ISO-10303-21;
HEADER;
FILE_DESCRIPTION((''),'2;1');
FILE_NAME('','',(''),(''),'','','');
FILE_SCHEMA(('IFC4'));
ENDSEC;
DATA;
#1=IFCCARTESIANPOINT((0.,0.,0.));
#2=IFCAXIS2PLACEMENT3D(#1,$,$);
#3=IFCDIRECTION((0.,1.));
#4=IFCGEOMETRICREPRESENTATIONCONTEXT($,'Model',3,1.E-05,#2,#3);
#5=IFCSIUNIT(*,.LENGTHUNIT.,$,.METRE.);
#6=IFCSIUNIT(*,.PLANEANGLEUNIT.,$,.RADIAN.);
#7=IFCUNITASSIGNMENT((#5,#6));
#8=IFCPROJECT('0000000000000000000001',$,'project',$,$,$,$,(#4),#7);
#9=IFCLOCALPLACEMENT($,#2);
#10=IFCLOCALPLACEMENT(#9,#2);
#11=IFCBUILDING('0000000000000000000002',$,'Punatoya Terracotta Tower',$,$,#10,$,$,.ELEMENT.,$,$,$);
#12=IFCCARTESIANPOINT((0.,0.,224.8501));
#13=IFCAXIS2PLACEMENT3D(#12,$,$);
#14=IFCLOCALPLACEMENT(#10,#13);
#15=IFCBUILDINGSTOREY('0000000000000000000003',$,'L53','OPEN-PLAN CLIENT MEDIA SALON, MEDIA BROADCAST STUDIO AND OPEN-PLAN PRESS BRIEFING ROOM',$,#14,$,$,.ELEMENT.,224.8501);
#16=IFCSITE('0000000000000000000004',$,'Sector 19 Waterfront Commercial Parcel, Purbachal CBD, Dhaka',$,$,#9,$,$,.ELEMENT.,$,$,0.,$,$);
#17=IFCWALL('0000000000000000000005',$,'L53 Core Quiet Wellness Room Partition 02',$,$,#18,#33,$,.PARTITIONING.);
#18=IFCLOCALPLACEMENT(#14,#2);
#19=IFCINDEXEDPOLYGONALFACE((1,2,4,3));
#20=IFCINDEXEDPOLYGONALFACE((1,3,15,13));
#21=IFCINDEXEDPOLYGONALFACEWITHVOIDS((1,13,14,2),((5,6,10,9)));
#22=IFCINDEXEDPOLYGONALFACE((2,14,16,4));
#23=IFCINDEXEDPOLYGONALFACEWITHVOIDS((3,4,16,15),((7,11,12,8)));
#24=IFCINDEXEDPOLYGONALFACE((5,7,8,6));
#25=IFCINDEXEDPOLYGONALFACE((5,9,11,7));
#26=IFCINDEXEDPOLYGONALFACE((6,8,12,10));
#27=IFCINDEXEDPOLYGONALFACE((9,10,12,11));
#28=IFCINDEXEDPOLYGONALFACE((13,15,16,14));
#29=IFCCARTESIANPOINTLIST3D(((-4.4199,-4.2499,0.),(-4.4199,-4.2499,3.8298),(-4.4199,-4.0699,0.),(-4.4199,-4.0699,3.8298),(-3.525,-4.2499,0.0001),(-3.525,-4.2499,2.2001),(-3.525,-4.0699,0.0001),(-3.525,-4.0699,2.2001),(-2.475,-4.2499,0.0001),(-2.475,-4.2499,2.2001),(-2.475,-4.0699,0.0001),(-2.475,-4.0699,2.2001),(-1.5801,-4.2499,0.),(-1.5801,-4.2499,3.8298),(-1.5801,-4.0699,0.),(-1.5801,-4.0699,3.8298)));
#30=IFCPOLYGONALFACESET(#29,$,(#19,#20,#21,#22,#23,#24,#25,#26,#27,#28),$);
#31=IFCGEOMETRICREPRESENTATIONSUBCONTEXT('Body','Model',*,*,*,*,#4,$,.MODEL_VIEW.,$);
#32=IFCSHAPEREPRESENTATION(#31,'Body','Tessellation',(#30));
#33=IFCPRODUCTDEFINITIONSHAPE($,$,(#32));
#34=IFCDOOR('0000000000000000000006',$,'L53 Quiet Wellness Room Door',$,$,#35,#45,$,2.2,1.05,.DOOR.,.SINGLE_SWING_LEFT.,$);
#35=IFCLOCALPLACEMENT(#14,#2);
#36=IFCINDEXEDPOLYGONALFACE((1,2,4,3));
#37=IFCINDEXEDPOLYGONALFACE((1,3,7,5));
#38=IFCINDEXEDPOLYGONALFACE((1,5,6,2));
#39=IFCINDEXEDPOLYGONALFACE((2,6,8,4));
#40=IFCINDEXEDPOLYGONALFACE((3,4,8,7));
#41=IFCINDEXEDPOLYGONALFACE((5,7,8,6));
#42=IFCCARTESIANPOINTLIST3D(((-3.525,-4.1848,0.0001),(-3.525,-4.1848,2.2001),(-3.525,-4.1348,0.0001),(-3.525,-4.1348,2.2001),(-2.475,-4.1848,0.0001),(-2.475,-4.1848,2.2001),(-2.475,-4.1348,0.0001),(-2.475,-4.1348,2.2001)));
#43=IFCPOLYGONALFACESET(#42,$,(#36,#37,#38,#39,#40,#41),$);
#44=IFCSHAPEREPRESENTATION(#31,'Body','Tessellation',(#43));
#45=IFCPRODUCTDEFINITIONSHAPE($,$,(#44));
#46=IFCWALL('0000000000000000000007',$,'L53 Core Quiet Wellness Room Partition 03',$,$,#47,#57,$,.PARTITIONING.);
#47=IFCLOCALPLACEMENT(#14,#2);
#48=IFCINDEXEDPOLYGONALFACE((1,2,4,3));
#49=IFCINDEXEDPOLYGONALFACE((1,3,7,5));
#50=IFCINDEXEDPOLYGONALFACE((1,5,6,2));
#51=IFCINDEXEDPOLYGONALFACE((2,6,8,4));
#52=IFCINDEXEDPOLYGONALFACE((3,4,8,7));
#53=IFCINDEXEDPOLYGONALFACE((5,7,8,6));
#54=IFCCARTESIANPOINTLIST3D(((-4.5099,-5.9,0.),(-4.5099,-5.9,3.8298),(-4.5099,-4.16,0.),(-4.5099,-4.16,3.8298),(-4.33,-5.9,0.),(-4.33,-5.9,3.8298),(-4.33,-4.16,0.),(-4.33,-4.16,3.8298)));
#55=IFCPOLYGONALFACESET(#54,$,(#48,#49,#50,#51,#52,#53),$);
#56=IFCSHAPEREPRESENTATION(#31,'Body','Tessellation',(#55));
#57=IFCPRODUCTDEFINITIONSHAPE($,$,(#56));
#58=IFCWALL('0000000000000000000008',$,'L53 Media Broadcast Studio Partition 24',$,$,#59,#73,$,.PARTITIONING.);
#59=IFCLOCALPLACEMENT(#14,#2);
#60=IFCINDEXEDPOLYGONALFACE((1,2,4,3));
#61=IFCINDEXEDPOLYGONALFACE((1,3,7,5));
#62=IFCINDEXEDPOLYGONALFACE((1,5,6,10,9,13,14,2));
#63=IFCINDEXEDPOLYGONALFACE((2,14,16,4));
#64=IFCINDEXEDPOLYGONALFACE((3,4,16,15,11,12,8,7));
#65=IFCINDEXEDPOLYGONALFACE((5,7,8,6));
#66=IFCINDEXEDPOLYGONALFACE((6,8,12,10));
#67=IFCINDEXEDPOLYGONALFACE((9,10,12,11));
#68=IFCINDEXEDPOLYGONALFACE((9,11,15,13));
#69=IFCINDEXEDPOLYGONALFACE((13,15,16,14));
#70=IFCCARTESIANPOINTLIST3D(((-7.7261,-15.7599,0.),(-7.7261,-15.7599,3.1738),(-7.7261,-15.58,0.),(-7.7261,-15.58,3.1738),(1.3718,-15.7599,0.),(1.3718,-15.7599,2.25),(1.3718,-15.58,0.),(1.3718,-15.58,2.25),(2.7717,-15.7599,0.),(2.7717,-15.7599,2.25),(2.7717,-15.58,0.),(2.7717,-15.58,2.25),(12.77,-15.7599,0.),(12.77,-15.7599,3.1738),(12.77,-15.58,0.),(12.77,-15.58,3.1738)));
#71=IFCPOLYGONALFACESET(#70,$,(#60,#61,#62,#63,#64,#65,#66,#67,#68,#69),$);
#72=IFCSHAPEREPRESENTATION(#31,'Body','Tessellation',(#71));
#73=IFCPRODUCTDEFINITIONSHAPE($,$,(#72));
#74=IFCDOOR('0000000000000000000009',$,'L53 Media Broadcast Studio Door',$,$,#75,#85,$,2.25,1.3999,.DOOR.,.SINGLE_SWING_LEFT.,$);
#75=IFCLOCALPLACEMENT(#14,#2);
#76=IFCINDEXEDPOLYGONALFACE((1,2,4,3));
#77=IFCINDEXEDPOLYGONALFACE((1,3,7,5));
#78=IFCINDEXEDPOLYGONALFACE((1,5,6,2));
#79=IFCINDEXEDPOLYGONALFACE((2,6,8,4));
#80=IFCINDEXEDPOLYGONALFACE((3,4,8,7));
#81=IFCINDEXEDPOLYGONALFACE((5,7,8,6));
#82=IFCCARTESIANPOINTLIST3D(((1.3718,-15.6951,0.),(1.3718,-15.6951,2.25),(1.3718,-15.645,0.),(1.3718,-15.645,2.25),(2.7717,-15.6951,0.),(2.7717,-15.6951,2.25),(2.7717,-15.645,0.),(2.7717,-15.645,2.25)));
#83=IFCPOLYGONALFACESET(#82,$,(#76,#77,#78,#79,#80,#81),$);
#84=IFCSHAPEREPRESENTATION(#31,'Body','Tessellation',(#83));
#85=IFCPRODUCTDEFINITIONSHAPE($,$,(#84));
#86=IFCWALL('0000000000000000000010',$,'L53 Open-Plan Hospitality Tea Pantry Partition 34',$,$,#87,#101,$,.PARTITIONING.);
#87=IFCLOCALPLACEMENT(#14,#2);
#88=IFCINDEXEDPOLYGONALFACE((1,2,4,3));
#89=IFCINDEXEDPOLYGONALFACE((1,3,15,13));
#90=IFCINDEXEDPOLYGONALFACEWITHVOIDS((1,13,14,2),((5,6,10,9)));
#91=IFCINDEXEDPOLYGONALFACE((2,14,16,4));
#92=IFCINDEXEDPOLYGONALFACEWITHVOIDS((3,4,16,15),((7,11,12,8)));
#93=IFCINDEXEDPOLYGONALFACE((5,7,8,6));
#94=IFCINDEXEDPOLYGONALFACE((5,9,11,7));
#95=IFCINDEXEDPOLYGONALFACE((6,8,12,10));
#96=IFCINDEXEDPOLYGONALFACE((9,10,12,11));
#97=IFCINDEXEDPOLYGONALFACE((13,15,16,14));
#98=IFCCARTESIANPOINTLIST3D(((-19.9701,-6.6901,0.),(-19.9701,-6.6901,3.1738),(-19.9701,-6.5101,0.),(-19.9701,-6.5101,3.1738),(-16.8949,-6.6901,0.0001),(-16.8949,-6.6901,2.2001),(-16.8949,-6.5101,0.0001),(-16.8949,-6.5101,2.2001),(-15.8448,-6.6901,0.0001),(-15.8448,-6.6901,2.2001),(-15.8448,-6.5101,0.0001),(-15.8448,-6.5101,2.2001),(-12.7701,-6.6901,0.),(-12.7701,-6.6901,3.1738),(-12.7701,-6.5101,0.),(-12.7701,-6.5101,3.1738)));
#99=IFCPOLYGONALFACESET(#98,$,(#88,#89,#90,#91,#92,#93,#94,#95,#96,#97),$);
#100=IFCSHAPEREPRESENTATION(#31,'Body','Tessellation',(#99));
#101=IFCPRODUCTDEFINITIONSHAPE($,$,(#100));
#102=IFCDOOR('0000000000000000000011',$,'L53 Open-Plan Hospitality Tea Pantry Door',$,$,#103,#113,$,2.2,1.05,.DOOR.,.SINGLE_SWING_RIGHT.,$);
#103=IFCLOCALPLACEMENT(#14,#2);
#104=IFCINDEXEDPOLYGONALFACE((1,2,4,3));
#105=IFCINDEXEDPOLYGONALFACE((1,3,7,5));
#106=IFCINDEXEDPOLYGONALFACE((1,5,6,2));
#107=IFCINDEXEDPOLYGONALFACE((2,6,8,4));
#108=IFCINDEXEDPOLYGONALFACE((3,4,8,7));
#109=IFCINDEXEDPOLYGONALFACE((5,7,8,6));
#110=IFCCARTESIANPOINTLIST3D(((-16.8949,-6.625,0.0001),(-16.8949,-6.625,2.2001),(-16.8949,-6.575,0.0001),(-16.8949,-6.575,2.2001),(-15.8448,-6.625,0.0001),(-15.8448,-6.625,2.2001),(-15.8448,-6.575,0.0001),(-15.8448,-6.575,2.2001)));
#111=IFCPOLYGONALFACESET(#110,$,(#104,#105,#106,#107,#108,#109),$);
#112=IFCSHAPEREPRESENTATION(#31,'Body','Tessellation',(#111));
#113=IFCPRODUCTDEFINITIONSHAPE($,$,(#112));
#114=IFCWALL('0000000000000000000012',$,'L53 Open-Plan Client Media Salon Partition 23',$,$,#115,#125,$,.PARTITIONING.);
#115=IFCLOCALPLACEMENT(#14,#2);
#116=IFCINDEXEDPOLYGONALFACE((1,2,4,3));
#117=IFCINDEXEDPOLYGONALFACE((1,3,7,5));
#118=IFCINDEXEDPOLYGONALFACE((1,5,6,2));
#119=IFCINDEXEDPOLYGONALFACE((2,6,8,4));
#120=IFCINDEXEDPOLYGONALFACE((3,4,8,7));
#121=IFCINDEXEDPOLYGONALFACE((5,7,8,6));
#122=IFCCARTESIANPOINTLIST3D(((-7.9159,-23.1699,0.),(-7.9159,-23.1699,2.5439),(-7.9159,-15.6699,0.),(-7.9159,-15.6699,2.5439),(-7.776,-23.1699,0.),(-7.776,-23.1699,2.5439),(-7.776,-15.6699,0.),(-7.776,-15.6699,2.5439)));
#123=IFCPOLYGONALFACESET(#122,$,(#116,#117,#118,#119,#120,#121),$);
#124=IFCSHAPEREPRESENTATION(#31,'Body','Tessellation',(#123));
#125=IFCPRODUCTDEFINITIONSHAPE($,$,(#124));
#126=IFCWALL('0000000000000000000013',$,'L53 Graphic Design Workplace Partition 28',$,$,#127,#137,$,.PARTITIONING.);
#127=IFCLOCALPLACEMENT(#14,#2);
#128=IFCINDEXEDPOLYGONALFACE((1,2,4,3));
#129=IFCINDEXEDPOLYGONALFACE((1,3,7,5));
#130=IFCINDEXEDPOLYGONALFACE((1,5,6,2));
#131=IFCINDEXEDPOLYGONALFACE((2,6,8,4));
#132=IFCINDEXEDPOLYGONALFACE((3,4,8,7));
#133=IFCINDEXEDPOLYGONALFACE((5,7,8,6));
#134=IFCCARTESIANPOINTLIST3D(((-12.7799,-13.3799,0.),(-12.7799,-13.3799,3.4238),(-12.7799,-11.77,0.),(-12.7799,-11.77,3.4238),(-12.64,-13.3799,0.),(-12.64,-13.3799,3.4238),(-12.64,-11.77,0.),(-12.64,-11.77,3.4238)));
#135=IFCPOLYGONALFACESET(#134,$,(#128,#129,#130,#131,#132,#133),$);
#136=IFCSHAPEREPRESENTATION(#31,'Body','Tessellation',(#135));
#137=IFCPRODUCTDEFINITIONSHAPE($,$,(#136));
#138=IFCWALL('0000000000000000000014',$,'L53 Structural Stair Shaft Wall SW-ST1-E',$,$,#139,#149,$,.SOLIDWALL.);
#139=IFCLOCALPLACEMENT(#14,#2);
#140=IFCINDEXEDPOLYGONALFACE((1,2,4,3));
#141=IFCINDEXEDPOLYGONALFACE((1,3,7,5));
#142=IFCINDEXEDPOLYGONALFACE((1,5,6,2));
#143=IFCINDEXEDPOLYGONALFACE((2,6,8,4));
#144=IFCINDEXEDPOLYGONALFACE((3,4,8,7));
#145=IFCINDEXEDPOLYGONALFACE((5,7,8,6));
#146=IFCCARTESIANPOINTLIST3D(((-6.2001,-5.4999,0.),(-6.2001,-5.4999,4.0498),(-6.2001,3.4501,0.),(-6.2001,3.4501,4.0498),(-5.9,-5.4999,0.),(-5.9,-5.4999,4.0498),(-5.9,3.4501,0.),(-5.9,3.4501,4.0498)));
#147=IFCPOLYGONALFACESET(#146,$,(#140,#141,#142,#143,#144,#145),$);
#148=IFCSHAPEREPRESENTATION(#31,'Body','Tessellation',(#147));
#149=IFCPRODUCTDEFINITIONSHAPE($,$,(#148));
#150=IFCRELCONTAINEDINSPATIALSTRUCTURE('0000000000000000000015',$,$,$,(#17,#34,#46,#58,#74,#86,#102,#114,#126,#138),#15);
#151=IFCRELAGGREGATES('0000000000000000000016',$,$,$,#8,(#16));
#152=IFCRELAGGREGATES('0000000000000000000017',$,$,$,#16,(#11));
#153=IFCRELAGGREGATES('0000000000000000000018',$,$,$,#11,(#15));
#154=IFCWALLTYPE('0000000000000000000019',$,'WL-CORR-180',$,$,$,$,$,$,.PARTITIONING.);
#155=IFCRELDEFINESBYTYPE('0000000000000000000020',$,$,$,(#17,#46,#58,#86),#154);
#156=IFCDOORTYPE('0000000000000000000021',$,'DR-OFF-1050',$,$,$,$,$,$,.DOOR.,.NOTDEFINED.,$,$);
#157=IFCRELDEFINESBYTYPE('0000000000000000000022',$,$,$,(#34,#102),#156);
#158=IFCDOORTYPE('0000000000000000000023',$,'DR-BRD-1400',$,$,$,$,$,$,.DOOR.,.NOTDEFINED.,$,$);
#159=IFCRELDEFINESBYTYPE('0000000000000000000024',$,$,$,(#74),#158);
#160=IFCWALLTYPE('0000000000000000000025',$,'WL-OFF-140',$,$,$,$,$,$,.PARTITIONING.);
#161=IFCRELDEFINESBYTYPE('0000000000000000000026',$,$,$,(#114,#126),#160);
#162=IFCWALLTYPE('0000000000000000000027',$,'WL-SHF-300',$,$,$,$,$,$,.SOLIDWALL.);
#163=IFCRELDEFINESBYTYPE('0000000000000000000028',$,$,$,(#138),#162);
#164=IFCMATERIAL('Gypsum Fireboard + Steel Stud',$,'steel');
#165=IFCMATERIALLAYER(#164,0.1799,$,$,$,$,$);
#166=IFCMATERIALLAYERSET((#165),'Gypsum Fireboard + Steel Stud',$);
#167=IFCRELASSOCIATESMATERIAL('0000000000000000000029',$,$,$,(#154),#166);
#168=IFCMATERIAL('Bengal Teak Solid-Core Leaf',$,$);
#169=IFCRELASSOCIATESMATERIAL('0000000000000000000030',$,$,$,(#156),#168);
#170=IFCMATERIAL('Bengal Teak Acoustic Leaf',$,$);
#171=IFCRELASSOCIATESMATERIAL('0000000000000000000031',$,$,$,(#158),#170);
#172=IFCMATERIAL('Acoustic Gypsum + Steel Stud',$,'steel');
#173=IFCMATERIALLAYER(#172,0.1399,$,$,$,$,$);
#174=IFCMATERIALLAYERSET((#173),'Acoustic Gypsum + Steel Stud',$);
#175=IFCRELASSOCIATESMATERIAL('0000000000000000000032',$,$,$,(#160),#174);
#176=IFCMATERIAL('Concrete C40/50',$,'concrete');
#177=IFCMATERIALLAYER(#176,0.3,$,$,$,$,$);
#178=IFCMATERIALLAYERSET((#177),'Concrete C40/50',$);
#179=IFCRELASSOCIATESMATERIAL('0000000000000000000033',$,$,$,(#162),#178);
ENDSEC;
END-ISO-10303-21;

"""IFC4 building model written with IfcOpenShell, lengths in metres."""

from ifc_helpers import new_model, si_unit, direction, frame, frame_2d, origin, place, context, subcontext, project, spatial, rectangle, extrude, material, layer, layer_set, type_object, element, fill, save


model = new_model("IFC4")

# Units and contexts
model_context = context("Model", 3, precision=1e-05, world=origin(), true_north=direction((0.0, 1.0)))
body_context = subcontext(model_context, "Body", "Model", "MODEL_VIEW")
ifc_project = project(units=[si_unit("LENGTHUNIT", "METRE"), si_unit("PLANEANGLEUNIT", "RADIAN")], contexts=[model_context])

# Site, building, storey
site_placement = place(None, origin())
site = spatial("IfcSite", under=ifc_project, at=site_placement, Name="Sector 19 Waterfront Commercial Parcel, Purbachal CBD, Dhaka", CompositionType="ELEMENT", RefElevation=0.0)
building_placement = place(site_placement, origin())
building = spatial("IfcBuilding", under=site, at=building_placement, Name="Punatoya Terracotta Tower", CompositionType="ELEMENT")
storey_placement = place(building_placement, frame((0.0, 0.0, 224.8501)))
storey = spatial("IfcBuildingStorey", under=building, at=storey_placement, Name="L53", Description="OPEN-PLAN CLIENT MEDIA SALON, MEDIA BROADCAST STUDIO AND OPEN-PLAN PRESS BRIEFING ROOM", CompositionType="ELEMENT", Elevation=224.8501)

# Shared definitions
ifc_material_1 = material(Name="Gypsum Fireboard + Steel Stud", Category="steel")
ifc_layer_1 = layer(ifc_material_1, 0.1799)
ifc_layer_set_1 = layer_set([ifc_layer_1], Name="Gypsum Fireboard + Steel Stud")
wall_type_1 = type_object("IfcWallType", Name="WL-CORR-180", PredefinedType="PARTITIONING", material=ifc_layer_set_1)

# Wall, opening, door
wall_1_placement = place(storey_placement, frame((-1.5801, -4.1599, 0.0), z_axis=(0.0, 0.0, 1.0), x_axis=(-1.0, 0.0, 0.0)))
wall_1 = element("IfcWall", 1, at=wall_1_placement, inside=storey, type_object=wall_type_1, Name="L53 Core Quiet Wellness Room Partition 02", PredefinedType="PARTITIONING", context=body_context, shape_type="SweptSolid", body=[
    extrude(rectangle(XDim=2.8398, YDim=0.1799, at=frame_2d((1.4199, 0.0))), origin(), (0.0, 0.0, 1.0), 3.8298),
])
opening_1_placement = place(wall_1_placement, frame((0.895, 0.0, 0.0)))
opening_1 = element("IfcOpeningElement", 2, at=opening_1_placement, cuts=wall_1, PredefinedType="OPENING", context=body_context, shape_type="SweptSolid", body=[
    extrude(rectangle(XDim=1.05, YDim=2.2, at=frame_2d((0.5249, 1.1001))), frame((0.0, 0.0999, 0.0), z_axis=(0.0, -1.0, 0.0), x_axis=(1.0, 0.0, 0.0)), (0.0, 0.0, 1.0), 0.2),
])
ifc_material_2 = material(Name="Bengal Teak Solid-Core Leaf")
door_type_1 = type_object("IfcDoorType", Name="DR-OFF-1050", OperationType="NOTDEFINED", PredefinedType="DOOR", material=ifc_material_2)
door_1_placement = place(opening_1_placement, origin())
door_1 = element("IfcDoor", 3, at=door_1_placement, inside=storey, type_object=door_type_1, Name="L53 Quiet Wellness Room Door", OperationType="SINGLE_SWING_LEFT", OverallHeight=2.2, OverallWidth=1.05, PredefinedType="DOOR", context=body_context, shape_type="SweptSolid", body=[
    extrude(rectangle(XDim=1.05, YDim=2.2, at=frame_2d((0.5249, 1.1001))), frame((0.0, 0.0249, 0.0), z_axis=(0.0, -1.0, 0.0), x_axis=(1.0, 0.0, 0.0)), (0.0, 0.0, 1.0), 0.05),
])
fill(opening_1, door_1)

# Wall
wall_2_placement = place(storey_placement, frame((-4.4199, -4.1599, 0.0), z_axis=(0.0, 0.0, 1.0), x_axis=(0.0, -1.0, 0.0)))
element("IfcWall", 4, at=wall_2_placement, inside=storey, type_object=wall_type_1, Name="L53 Core Quiet Wellness Room Partition 03", PredefinedType="PARTITIONING", context=body_context, shape_type="SweptSolid", body=[
    extrude(rectangle(XDim=1.74, YDim=0.1799, at=frame_2d((0.8701, 0.0))), origin(), (0.0, 0.0, 1.0), 3.8298),
])

# Walls, openings, doors
wall_3_placement = place(storey_placement, frame((-7.7261, -15.6699, 0.0), z_axis=(0.0, 0.0, 1.0), x_axis=(1.0, 0.0, 0.0)))
wall_3 = element("IfcWall", 5, at=wall_3_placement, inside=storey, type_object=wall_type_1, Name="L53 Media Broadcast Studio Partition 24", PredefinedType="PARTITIONING", context=body_context, shape_type="SweptSolid", body=[
    extrude(rectangle(XDim=20.4961, YDim=0.1799, at=frame_2d((10.248, 0.0))), origin(), (0.0, 0.0, 1.0), 3.1738),
])
opening_2_placement = place(wall_3_placement, frame((9.0979, 0.0, 0.0)))
opening_2 = element("IfcOpeningElement", 6, at=opening_2_placement, cuts=wall_3, PredefinedType="OPENING", context=body_context, shape_type="SweptSolid", body=[
    extrude(rectangle(XDim=1.3999, YDim=2.25, at=frame_2d((0.7, 1.125))), frame((0.0, 0.0999, 0.0), z_axis=(0.0, -1.0, 0.0), x_axis=(1.0, 0.0, 0.0)), (0.0, 0.0, 1.0), 0.2),
])
ifc_material_3 = material(Name="Bengal Teak Acoustic Leaf")
door_type_2 = type_object("IfcDoorType", Name="DR-BRD-1400", OperationType="NOTDEFINED", PredefinedType="DOOR", material=ifc_material_3)
door_2_placement = place(opening_2_placement, origin())
door_2 = element("IfcDoor", 7, at=door_2_placement, inside=storey, type_object=door_type_2, Name="L53 Media Broadcast Studio Door", OperationType="SINGLE_SWING_LEFT", OverallHeight=2.25, OverallWidth=1.3999, PredefinedType="DOOR", context=body_context, shape_type="SweptSolid", body=[
    extrude(rectangle(XDim=1.3999, YDim=2.25, at=frame_2d((0.7, 1.125))), frame((0.0, 0.0249, 0.0), z_axis=(0.0, -1.0, 0.0), x_axis=(1.0, 0.0, 0.0)), (0.0, 0.0, 1.0), 0.05),
])
fill(opening_2, door_2)
wall_4_placement = place(storey_placement, frame((-12.77, -6.6001, 0.0), z_axis=(0.0, 0.0, 1.0), x_axis=(-1.0, 0.0, 0.0)))
wall_4 = element("IfcWall", 8, at=wall_4_placement, inside=storey, type_object=wall_type_1, Name="L53 Open-Plan Hospitality Tea Pantry Partition 34", PredefinedType="PARTITIONING", context=body_context, shape_type="SweptSolid", body=[
    extrude(rectangle(XDim=7.2, YDim=0.1799, at=frame_2d((3.6001, 0.0))), origin(), (0.0, 0.0, 1.0), 3.1738),
])
opening_3_placement = place(wall_4_placement, frame((3.075, 0.0, 0.0)))
opening_3 = element("IfcOpeningElement", 9, at=opening_3_placement, cuts=wall_4, PredefinedType="OPENING", context=body_context, shape_type="SweptSolid", body=[
    extrude(rectangle(XDim=1.05, YDim=2.2, at=frame_2d((0.5249, 1.1001))), frame((0.0, 0.0999, 0.0), z_axis=(0.0, -1.0, 0.0), x_axis=(1.0, 0.0, 0.0)), (0.0, 0.0, 1.0), 0.2),
])
door_3_placement = place(opening_3_placement, origin())
door_3 = element("IfcDoor", 10, at=door_3_placement, inside=storey, type_object=door_type_1, Name="L53 Open-Plan Hospitality Tea Pantry Door", OperationType="SINGLE_SWING_RIGHT", OverallHeight=2.2, OverallWidth=1.05, PredefinedType="DOOR", context=body_context, shape_type="SweptSolid", body=[
    extrude(rectangle(XDim=1.05, YDim=2.2, at=frame_2d((0.5249, 1.1001))), frame((0.0, 0.0249, 0.0), z_axis=(0.0, -1.0, 0.0), x_axis=(1.0, 0.0, 0.0)), (0.0, 0.0, 1.0), 0.05),
])
fill(opening_3, door_3)

# Walls
ifc_material_4 = material(Name="Acoustic Gypsum + Steel Stud", Category="steel")
ifc_layer_2 = layer(ifc_material_4, 0.1399)
ifc_layer_set_2 = layer_set([ifc_layer_2], Name="Acoustic Gypsum + Steel Stud")
wall_type_2 = type_object("IfcWallType", Name="WL-OFF-140", PredefinedType="PARTITIONING", material=ifc_layer_set_2)
wall_5_placement = place(storey_placement, frame((-7.8459, -15.6699, 0.0), z_axis=(0.0, 0.0, 1.0), x_axis=(0.0, -1.0, 0.0)))
element("IfcWall", 11, at=wall_5_placement, inside=storey, type_object=wall_type_2, Name="L53 Open-Plan Client Media Salon Partition 23", PredefinedType="PARTITIONING", context=body_context, shape_type="SweptSolid", body=[
    extrude(rectangle(XDim=7.5, YDim=0.1399, at=frame_2d((3.75, 0.0))), origin(), (0.0, 0.0, 1.0), 2.5439),
])
wall_6_placement = place(storey_placement, frame((-12.71, -11.77, 0.0), z_axis=(0.0, 0.0, 1.0), x_axis=(0.0, -1.0, 0.0)))
element("IfcWall", 12, at=wall_6_placement, inside=storey, type_object=wall_type_2, Name="L53 Graphic Design Workplace Partition 28", PredefinedType="PARTITIONING", context=body_context, shape_type="SweptSolid", body=[
    extrude(rectangle(XDim=1.6099, YDim=0.1399, at=frame_2d((0.8049, 0.0))), origin(), (0.0, 0.0, 1.0), 3.4238),
])
ifc_material_5 = material(Name="Concrete C40/50", Category="concrete")
ifc_layer_3 = layer(ifc_material_5, 0.3)
ifc_layer_set_3 = layer_set([ifc_layer_3], Name="Concrete C40/50")
wall_type_3 = type_object("IfcWallType", Name="WL-SHF-300", PredefinedType="SOLIDWALL", material=ifc_layer_set_3)
wall_7_placement = place(storey_placement, frame((-6.05, -5.5, 0.0), z_axis=(0.0, 0.0, 1.0), x_axis=(0.0, 1.0, 0.0)))
element("IfcWall", 13, at=wall_7_placement, inside=storey, type_object=wall_type_3, Name="L53 Structural Stair Shaft Wall SW-ST1-E", PredefinedType="SOLIDWALL", context=body_context, shape_type="SweptSolid", body=[
    extrude(rectangle(XDim=8.95, YDim=0.3, at=frame_2d((4.4751, 0.0))), origin(), (0.0, 0.0, 1.0), 4.0498),
])

save(model, "model.ifc")
